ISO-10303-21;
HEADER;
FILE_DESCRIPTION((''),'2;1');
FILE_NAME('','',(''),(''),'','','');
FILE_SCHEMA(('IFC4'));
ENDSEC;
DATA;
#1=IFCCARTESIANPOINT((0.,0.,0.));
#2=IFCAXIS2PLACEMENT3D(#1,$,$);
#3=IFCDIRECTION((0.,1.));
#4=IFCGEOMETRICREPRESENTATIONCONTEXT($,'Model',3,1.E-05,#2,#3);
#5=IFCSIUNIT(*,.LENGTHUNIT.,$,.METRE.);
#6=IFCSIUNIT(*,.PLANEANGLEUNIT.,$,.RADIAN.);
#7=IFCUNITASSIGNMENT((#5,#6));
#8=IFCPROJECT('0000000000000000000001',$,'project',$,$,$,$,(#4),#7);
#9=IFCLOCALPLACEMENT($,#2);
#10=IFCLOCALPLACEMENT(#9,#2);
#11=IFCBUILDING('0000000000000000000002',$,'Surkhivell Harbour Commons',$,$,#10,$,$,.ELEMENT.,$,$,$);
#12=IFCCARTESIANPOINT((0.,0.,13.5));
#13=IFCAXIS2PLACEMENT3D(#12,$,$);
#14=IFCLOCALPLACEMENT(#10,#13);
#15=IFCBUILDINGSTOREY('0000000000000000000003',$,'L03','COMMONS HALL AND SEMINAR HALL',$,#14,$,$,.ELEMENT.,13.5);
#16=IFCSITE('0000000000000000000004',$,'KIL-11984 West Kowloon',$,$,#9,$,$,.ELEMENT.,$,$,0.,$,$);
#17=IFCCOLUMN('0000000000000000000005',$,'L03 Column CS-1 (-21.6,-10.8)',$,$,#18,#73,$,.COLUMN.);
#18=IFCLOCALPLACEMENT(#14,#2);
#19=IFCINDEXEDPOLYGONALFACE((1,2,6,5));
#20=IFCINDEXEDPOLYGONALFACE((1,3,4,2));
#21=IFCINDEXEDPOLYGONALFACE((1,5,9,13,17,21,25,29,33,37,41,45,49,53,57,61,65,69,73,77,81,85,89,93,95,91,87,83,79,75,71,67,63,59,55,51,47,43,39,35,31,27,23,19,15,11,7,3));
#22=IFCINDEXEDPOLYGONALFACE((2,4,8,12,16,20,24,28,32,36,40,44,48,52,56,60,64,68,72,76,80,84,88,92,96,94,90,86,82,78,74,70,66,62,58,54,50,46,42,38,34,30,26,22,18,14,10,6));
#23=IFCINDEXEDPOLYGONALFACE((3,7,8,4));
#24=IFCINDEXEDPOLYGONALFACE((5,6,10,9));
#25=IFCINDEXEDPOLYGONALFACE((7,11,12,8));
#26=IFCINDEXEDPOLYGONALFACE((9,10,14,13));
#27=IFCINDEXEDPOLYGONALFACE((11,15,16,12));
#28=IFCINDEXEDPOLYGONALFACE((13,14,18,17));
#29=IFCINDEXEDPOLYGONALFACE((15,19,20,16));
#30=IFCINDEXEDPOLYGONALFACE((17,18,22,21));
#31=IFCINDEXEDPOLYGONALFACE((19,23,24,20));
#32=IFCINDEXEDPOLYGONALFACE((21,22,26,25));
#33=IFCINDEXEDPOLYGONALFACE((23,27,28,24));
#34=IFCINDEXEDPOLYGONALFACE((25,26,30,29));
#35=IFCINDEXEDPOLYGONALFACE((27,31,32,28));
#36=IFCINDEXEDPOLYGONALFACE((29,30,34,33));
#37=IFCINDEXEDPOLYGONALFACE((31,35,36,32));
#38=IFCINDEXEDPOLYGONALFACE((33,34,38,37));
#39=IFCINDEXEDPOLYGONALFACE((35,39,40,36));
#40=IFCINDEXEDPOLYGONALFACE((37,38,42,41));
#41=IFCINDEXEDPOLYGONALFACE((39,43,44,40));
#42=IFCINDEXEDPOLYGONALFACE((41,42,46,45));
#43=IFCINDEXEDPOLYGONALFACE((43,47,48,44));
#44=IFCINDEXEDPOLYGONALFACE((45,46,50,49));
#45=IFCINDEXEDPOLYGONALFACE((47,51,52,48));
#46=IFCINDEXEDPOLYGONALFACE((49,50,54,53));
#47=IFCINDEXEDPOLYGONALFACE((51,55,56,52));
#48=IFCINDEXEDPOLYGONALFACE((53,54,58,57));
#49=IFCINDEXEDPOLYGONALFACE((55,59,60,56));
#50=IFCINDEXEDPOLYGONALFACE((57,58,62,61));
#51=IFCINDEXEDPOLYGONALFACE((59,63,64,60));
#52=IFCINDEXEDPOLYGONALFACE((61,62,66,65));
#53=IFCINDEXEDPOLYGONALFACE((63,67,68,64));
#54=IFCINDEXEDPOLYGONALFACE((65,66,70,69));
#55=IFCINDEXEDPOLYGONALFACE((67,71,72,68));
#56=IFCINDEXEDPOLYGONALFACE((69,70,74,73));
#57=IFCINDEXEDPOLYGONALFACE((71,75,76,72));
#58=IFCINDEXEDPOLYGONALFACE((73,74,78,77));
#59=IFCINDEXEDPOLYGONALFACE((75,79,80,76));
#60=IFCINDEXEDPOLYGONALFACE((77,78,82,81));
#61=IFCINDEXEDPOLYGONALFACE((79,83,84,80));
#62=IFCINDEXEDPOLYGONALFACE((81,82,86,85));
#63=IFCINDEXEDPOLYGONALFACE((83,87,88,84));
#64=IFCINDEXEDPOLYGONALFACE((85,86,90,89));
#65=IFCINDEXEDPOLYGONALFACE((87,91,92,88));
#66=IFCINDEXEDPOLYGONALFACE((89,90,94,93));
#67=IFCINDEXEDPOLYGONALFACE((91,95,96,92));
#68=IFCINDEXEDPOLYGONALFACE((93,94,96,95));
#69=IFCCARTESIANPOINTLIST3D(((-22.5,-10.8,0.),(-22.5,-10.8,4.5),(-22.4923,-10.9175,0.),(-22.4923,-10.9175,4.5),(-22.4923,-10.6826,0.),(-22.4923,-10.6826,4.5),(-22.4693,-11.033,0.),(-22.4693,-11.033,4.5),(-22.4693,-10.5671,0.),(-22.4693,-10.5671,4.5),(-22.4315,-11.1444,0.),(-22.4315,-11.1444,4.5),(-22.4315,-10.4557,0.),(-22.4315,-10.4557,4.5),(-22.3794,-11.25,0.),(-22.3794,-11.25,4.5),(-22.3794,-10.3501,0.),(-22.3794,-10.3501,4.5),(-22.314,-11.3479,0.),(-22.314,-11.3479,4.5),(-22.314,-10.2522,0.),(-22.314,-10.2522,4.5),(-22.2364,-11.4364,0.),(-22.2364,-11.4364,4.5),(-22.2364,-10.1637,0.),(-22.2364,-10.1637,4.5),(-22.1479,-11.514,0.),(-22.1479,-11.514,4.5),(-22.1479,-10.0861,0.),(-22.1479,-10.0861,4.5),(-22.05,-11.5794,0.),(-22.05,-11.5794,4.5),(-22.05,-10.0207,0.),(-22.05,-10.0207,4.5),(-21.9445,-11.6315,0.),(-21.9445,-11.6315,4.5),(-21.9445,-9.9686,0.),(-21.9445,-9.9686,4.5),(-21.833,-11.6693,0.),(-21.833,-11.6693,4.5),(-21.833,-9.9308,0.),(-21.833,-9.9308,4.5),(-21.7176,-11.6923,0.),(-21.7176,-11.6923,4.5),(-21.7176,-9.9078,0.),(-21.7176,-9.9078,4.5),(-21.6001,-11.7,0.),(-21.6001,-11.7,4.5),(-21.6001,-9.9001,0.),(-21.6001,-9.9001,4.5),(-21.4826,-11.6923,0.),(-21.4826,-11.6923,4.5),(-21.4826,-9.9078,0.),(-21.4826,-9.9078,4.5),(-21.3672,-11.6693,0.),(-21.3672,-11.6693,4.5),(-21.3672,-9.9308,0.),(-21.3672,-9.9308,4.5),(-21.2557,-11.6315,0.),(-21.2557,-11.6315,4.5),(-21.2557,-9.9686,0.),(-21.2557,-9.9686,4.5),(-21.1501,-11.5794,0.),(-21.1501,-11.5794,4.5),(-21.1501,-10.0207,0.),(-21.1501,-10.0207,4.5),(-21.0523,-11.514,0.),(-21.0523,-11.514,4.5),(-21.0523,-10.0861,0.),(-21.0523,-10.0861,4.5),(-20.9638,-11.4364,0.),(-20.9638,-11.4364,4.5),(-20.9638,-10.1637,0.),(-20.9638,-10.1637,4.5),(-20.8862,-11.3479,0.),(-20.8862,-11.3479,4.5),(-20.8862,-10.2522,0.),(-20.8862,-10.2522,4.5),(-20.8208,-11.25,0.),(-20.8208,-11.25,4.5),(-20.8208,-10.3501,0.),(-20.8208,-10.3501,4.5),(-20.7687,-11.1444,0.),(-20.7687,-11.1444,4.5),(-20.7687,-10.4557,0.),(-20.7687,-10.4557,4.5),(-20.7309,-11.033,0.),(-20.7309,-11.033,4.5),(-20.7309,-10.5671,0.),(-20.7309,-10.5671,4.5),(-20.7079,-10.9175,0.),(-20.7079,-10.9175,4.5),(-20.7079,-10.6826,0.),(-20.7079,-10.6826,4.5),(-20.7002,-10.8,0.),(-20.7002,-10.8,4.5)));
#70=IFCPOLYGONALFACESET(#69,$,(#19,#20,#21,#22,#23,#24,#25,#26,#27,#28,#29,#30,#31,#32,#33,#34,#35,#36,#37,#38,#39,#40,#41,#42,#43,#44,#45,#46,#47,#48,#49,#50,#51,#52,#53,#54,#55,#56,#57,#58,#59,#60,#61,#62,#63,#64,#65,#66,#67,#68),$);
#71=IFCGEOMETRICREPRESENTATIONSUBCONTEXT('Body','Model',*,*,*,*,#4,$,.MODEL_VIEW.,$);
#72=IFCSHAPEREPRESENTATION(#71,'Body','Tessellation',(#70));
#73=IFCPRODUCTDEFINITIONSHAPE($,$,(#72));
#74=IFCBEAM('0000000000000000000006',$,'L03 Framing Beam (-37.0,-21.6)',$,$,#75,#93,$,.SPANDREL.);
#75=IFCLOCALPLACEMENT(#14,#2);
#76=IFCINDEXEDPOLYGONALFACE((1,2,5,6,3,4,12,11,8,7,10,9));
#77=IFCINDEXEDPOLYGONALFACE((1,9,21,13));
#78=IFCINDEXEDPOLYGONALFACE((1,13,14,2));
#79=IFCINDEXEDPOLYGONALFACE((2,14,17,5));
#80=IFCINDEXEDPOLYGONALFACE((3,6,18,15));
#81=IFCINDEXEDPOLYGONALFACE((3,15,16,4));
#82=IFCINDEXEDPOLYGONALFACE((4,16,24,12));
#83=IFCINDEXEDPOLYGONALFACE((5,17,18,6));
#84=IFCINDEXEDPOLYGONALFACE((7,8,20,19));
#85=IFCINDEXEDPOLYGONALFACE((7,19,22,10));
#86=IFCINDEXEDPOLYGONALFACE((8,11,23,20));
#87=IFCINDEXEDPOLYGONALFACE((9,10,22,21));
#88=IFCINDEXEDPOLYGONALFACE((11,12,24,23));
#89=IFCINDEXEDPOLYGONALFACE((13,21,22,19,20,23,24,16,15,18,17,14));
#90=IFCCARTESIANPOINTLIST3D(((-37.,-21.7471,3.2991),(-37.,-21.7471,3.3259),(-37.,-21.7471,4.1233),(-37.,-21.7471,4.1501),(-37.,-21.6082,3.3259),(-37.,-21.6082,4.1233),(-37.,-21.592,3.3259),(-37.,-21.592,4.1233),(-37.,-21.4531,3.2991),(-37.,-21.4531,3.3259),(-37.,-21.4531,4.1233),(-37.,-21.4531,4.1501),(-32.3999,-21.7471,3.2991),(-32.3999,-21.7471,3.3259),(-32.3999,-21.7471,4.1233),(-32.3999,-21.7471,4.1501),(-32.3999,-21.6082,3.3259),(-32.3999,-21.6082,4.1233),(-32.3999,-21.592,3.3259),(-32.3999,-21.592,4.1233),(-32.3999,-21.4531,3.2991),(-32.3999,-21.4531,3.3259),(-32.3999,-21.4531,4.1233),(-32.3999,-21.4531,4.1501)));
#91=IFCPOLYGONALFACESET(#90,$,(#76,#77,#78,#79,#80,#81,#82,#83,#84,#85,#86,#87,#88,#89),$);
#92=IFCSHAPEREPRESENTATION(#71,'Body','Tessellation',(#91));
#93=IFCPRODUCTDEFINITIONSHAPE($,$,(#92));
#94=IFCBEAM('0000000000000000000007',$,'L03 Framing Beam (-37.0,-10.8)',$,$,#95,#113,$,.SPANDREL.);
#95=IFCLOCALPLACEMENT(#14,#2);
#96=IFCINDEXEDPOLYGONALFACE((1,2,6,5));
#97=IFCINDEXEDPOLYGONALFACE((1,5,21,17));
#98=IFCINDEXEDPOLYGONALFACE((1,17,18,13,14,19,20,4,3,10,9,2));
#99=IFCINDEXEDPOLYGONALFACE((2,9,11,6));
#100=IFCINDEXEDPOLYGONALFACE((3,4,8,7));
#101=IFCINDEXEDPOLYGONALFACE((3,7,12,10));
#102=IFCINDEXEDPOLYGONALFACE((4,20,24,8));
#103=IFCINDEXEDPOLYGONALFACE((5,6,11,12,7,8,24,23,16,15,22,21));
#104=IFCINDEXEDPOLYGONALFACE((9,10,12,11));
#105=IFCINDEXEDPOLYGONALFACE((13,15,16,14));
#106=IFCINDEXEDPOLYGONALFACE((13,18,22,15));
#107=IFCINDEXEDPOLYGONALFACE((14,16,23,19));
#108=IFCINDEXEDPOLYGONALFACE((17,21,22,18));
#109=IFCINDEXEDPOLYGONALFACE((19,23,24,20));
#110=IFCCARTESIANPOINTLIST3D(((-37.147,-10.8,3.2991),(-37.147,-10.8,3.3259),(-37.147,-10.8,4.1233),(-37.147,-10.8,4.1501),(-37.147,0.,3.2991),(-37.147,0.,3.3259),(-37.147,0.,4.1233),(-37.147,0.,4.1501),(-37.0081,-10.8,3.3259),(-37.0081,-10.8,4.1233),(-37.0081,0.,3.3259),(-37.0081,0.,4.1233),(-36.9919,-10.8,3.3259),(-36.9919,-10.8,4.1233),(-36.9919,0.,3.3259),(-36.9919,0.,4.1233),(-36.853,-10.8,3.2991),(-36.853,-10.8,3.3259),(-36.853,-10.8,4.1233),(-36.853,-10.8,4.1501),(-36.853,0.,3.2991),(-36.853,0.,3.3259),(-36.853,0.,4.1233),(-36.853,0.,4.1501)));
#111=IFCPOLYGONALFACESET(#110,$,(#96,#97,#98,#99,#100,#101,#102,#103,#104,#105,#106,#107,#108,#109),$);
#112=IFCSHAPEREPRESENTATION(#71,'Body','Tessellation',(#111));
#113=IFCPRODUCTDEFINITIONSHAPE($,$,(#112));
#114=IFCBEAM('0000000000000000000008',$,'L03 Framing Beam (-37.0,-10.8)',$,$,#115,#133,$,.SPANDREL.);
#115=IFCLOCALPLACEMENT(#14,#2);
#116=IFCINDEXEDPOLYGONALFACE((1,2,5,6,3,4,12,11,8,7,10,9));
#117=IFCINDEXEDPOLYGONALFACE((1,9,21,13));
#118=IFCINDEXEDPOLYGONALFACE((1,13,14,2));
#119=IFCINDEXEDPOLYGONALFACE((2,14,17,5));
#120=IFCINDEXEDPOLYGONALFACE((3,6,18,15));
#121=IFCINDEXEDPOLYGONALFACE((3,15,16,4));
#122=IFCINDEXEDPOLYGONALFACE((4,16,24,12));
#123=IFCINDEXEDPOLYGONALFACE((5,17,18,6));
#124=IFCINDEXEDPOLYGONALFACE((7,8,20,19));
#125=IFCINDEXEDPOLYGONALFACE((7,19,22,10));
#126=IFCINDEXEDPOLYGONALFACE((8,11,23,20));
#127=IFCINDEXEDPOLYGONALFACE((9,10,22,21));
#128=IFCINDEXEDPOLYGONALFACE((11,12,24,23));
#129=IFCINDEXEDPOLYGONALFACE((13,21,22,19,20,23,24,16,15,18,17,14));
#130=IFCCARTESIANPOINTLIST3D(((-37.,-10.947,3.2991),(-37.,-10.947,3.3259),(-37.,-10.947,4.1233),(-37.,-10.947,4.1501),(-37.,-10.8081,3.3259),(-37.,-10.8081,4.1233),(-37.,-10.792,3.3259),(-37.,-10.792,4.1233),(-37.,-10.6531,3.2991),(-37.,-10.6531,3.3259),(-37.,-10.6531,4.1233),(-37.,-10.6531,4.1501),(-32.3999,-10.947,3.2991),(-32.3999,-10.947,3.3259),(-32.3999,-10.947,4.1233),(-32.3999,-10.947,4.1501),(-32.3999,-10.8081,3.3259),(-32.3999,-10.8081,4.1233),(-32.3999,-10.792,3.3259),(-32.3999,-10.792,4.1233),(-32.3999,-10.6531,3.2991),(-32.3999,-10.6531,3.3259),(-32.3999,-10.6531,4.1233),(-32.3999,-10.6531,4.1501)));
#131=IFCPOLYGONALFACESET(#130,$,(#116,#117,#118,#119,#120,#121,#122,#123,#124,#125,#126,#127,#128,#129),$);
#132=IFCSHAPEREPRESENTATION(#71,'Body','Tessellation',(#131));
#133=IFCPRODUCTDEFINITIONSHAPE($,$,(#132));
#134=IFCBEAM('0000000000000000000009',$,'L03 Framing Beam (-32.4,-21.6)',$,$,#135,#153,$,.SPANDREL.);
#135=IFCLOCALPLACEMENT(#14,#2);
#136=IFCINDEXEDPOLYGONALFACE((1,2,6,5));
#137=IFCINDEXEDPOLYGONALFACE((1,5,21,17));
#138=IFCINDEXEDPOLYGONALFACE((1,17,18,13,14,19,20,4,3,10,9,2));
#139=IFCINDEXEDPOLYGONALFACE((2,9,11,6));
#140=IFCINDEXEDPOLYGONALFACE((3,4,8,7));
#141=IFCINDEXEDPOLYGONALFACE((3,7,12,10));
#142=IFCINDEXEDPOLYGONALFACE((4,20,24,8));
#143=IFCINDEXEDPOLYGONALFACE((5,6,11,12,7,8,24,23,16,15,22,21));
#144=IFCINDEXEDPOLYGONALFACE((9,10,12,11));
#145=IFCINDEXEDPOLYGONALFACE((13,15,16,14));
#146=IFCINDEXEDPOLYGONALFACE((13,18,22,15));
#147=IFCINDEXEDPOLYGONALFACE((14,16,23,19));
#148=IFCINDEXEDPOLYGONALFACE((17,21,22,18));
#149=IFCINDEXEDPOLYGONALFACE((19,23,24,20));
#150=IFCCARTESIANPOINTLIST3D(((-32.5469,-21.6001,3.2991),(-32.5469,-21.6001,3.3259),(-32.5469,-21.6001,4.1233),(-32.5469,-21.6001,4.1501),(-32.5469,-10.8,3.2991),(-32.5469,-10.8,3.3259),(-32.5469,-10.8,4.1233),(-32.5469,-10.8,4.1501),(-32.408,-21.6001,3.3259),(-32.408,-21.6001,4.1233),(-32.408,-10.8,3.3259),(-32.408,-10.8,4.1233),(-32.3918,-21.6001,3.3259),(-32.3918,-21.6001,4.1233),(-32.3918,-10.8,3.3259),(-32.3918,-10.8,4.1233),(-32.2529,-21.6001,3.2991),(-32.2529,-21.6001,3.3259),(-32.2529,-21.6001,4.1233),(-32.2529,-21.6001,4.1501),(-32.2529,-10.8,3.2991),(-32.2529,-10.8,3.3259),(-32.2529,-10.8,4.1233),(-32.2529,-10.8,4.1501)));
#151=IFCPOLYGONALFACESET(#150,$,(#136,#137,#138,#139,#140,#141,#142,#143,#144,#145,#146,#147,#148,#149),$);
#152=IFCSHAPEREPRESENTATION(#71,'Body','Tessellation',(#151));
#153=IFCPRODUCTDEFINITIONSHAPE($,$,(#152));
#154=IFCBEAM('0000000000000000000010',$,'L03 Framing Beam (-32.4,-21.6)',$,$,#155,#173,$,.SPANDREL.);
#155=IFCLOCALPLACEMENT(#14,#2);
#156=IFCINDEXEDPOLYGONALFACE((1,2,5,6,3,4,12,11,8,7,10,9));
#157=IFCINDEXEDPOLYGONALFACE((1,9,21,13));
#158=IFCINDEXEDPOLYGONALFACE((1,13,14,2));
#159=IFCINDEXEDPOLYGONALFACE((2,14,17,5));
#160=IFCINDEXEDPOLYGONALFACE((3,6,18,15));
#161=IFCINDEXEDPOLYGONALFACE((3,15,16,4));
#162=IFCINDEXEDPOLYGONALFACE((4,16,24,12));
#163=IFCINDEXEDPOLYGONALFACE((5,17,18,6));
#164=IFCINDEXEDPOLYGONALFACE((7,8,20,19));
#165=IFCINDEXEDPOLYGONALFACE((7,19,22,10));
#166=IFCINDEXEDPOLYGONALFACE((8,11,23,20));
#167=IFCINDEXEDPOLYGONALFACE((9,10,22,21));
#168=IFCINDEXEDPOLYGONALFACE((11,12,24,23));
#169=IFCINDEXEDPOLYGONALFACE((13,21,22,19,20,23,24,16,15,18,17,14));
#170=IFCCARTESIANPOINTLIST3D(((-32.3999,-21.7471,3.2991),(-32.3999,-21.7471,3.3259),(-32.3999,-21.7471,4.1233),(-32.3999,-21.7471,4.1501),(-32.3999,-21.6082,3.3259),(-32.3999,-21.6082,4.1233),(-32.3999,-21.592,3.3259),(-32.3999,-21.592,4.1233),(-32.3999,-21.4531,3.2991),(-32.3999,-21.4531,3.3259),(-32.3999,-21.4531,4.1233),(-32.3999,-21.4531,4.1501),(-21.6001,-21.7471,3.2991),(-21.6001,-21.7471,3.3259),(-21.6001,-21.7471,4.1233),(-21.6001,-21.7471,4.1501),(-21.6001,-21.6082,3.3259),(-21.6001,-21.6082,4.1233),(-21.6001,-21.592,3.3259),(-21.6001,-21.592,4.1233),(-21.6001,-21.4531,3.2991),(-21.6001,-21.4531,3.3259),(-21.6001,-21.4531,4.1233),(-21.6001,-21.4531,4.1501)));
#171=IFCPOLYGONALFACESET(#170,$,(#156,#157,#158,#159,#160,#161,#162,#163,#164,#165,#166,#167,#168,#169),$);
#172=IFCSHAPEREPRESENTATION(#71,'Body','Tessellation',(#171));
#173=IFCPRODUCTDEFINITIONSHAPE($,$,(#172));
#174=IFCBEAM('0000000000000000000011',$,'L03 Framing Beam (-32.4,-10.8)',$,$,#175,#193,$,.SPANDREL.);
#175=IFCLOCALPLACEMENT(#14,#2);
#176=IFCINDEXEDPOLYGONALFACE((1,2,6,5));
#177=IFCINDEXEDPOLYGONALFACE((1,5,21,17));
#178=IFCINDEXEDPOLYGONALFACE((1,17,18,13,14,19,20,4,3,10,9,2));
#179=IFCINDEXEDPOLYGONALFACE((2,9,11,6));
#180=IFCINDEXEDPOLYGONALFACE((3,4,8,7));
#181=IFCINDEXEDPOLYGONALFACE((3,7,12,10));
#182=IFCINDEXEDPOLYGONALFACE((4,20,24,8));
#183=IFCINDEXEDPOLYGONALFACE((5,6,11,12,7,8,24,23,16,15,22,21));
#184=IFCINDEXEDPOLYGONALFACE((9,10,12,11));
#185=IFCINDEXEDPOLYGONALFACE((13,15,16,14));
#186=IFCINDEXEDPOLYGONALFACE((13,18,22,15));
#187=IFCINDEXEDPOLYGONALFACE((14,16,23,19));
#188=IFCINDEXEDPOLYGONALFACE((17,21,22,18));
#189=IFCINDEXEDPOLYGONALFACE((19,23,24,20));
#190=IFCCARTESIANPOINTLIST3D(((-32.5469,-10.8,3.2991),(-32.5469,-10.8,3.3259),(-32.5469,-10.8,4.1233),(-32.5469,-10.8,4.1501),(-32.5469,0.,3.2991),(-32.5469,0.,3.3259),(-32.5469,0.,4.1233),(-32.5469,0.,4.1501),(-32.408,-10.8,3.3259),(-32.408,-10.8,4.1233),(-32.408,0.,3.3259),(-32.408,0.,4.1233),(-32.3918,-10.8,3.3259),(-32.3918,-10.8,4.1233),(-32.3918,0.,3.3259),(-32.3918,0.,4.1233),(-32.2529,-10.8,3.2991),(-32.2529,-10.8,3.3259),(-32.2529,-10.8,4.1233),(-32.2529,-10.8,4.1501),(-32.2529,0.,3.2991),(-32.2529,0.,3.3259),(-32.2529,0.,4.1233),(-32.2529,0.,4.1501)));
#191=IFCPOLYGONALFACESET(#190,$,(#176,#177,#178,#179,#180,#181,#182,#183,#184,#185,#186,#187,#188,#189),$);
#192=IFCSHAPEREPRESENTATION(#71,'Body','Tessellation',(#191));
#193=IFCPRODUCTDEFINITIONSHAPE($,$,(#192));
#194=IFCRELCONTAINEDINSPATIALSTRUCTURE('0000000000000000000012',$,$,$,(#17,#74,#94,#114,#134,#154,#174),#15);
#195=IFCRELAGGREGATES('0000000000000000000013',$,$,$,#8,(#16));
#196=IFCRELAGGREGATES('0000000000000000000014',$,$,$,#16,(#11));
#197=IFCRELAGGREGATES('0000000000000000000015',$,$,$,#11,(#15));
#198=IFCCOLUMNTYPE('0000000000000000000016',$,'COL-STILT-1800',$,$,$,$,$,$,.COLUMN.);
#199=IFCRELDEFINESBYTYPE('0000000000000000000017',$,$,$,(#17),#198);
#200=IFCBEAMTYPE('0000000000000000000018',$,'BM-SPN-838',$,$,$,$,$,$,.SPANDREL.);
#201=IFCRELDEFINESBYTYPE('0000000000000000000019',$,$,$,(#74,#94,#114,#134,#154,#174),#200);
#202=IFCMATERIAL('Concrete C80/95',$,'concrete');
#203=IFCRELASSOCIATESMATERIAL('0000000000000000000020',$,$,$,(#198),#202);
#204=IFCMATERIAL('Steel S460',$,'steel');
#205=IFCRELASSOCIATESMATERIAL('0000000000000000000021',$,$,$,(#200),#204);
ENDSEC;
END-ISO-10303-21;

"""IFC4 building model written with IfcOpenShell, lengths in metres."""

from ifc_helpers import new_model, si_unit, direction, frame, origin, origin_2d, place, context, subcontext, project, spatial, circle, i_section, extrude, material, material_profile, profile_set, type_object, element, save


model = new_model("IFC4")

# Units and contexts
model_context = context("Model", 3, precision=1e-05, world=origin(), true_north=direction((0.0, 1.0)))
body_context = subcontext(model_context, "Body", "Model", "MODEL_VIEW")
ifc_project = project(units=[si_unit("LENGTHUNIT", "METRE"), si_unit("PLANEANGLEUNIT", "RADIAN")], contexts=[model_context])

# Site, building, storey
site_placement = place(None, origin())
site = spatial("IfcSite", under=ifc_project, at=site_placement, Name="KIL-11984 West Kowloon", CompositionType="ELEMENT", RefElevation=0.0)
building_placement = place(site_placement, origin())
building = spatial("IfcBuilding", under=site, at=building_placement, Name="Surkhivell Harbour Commons", CompositionType="ELEMENT")
storey_placement = place(building_placement, frame((0.0, 0.0, 13.5)))
storey = spatial("IfcBuildingStorey", under=building, at=storey_placement, Name="L03", Description="COMMONS HALL AND SEMINAR HALL", CompositionType="ELEMENT", Elevation=13.5)

# Column
ifc_material_1 = material(Name="Concrete C80/95", Category="concrete")
ifc_material_profile_1 = material_profile(ifc_material_1, circle(Radius=0.8999, at=origin_2d()), Name="RC-CIRC-1800")
ifc_profile_set_1 = profile_set([ifc_material_profile_1], Name="Concrete C80/95")
column_type_1 = type_object("IfcColumnType", Name="COL-STILT-1800", PredefinedType="COLUMN", material=ifc_profile_set_1)
for number, where, z_axis, x_axis, name in (
    (1, (-21.6001, -10.8, 0.0), (0.0, 0.0, 1.0), (1.0, 0.0, 0.0), "L03 Column CS-1 (-21.6,-10.8)"),
):
    element("IfcColumn", number, at=place(storey_placement, frame(where, z_axis=z_axis, x_axis=x_axis)), inside=storey, type_object=column_type_1, Name=name, PredefinedType="COLUMN", context=body_context, shape_type="SweptSolid", body=[
        extrude(circle(Radius=0.8999, at=origin_2d()), origin(), (0.0, 0.0, 1.0), 4.5),
    ])

# Beams
ifc_material_2 = material(Name="Steel S460", Category="steel")
ifc_material_profile_2 = material_profile(ifc_material_2, i_section(OverallWidth=0.2939, OverallDepth=0.8511, WebThickness=0.0161, FlangeThickness=0.0269, at=origin_2d()), Name="UB838x292x226")
ifc_profile_set_2 = profile_set([ifc_material_profile_2], Name="Steel S460")
beam_type = type_object("IfcBeamType", Name="BM-SPN-838", PredefinedType="SPANDREL", material=ifc_profile_set_2)
beam_1_placement = place(storey_placement, frame((-37.0, -21.6001, 3.7246), z_axis=(1.0, 0.0, 0.0), x_axis=(0.0, 1.0, 0.0)))
element("IfcBeam", 2, at=beam_1_placement, inside=storey, type_object=beam_type, Name="L03 Framing Beam (-37.0,-21.6)", PredefinedType="SPANDREL", context=body_context, shape_type="SweptSolid", body=[
    extrude(i_section(OverallWidth=0.2939, OverallDepth=0.8511, WebThickness=0.0161, FlangeThickness=0.0269, at=origin_2d()), origin(), (0.0, 0.0, 1.0), 4.6001),
])
beam_2_placement = place(storey_placement, frame((-37.0, -10.8, 3.7246), z_axis=(0.0, 1.0, 0.0), x_axis=(-1.0, 0.0, 0.0)))
element("IfcBeam", 3, at=beam_2_placement, inside=storey, type_object=beam_type, Name="L03 Framing Beam (-37.0,-10.8)", PredefinedType="SPANDREL", context=body_context, shape_type="SweptSolid", body=[
    extrude(i_section(OverallWidth=0.2939, OverallDepth=0.8511, WebThickness=0.0161, FlangeThickness=0.0269, at=origin_2d()), origin(), (0.0, 0.0, 1.0), 10.8),
])
beam_3_placement = place(storey_placement, frame((-37.0, -10.8, 3.7246), z_axis=(1.0, 0.0, 0.0), x_axis=(0.0, 1.0, 0.0)))
element("IfcBeam", 4, at=beam_3_placement, inside=storey, type_object=beam_type, Name="L03 Framing Beam (-37.0,-10.8)", PredefinedType="SPANDREL", context=body_context, shape_type="SweptSolid", body=[
    extrude(i_section(OverallWidth=0.2939, OverallDepth=0.8511, WebThickness=0.0161, FlangeThickness=0.0269, at=origin_2d()), origin(), (0.0, 0.0, 1.0), 4.6001),
])
beam_4_placement = place(storey_placement, frame((-32.3999, -21.6001, 3.7246), z_axis=(0.0, 1.0, 0.0), x_axis=(-1.0, 0.0, 0.0)))
element("IfcBeam", 5, at=beam_4_placement, inside=storey, type_object=beam_type, Name="L03 Framing Beam (-32.4,-21.6)", PredefinedType="SPANDREL", context=body_context, shape_type="SweptSolid", body=[
    extrude(i_section(OverallWidth=0.2939, OverallDepth=0.8511, WebThickness=0.0161, FlangeThickness=0.0269, at=origin_2d()), origin(), (0.0, 0.0, 1.0), 10.8),
])
beam_5_placement = place(storey_placement, frame((-32.3999, -21.6001, 3.7246), z_axis=(1.0, 0.0, 0.0), x_axis=(0.0, 1.0, 0.0)))
element("IfcBeam", 6, at=beam_5_placement, inside=storey, type_object=beam_type, Name="L03 Framing Beam (-32.4,-21.6)", PredefinedType="SPANDREL", context=body_context, shape_type="SweptSolid", body=[
    extrude(i_section(OverallWidth=0.2939, OverallDepth=0.8511, WebThickness=0.0161, FlangeThickness=0.0269, at=origin_2d()), origin(), (0.0, 0.0, 1.0), 10.7998),
])
beam_6_placement = place(storey_placement, frame((-32.3999, -10.8, 3.7246), z_axis=(0.0, 1.0, 0.0), x_axis=(-1.0, 0.0, 0.0)))
element("IfcBeam", 7, at=beam_6_placement, inside=storey, type_object=beam_type, Name="L03 Framing Beam (-32.4,-10.8)", PredefinedType="SPANDREL", context=body_context, shape_type="SweptSolid", body=[
    extrude(i_section(OverallWidth=0.2939, OverallDepth=0.8511, WebThickness=0.0161, FlangeThickness=0.0269, at=origin_2d()), origin(), (0.0, 0.0, 1.0), 10.8),
])

save(model, "model.ifc")
